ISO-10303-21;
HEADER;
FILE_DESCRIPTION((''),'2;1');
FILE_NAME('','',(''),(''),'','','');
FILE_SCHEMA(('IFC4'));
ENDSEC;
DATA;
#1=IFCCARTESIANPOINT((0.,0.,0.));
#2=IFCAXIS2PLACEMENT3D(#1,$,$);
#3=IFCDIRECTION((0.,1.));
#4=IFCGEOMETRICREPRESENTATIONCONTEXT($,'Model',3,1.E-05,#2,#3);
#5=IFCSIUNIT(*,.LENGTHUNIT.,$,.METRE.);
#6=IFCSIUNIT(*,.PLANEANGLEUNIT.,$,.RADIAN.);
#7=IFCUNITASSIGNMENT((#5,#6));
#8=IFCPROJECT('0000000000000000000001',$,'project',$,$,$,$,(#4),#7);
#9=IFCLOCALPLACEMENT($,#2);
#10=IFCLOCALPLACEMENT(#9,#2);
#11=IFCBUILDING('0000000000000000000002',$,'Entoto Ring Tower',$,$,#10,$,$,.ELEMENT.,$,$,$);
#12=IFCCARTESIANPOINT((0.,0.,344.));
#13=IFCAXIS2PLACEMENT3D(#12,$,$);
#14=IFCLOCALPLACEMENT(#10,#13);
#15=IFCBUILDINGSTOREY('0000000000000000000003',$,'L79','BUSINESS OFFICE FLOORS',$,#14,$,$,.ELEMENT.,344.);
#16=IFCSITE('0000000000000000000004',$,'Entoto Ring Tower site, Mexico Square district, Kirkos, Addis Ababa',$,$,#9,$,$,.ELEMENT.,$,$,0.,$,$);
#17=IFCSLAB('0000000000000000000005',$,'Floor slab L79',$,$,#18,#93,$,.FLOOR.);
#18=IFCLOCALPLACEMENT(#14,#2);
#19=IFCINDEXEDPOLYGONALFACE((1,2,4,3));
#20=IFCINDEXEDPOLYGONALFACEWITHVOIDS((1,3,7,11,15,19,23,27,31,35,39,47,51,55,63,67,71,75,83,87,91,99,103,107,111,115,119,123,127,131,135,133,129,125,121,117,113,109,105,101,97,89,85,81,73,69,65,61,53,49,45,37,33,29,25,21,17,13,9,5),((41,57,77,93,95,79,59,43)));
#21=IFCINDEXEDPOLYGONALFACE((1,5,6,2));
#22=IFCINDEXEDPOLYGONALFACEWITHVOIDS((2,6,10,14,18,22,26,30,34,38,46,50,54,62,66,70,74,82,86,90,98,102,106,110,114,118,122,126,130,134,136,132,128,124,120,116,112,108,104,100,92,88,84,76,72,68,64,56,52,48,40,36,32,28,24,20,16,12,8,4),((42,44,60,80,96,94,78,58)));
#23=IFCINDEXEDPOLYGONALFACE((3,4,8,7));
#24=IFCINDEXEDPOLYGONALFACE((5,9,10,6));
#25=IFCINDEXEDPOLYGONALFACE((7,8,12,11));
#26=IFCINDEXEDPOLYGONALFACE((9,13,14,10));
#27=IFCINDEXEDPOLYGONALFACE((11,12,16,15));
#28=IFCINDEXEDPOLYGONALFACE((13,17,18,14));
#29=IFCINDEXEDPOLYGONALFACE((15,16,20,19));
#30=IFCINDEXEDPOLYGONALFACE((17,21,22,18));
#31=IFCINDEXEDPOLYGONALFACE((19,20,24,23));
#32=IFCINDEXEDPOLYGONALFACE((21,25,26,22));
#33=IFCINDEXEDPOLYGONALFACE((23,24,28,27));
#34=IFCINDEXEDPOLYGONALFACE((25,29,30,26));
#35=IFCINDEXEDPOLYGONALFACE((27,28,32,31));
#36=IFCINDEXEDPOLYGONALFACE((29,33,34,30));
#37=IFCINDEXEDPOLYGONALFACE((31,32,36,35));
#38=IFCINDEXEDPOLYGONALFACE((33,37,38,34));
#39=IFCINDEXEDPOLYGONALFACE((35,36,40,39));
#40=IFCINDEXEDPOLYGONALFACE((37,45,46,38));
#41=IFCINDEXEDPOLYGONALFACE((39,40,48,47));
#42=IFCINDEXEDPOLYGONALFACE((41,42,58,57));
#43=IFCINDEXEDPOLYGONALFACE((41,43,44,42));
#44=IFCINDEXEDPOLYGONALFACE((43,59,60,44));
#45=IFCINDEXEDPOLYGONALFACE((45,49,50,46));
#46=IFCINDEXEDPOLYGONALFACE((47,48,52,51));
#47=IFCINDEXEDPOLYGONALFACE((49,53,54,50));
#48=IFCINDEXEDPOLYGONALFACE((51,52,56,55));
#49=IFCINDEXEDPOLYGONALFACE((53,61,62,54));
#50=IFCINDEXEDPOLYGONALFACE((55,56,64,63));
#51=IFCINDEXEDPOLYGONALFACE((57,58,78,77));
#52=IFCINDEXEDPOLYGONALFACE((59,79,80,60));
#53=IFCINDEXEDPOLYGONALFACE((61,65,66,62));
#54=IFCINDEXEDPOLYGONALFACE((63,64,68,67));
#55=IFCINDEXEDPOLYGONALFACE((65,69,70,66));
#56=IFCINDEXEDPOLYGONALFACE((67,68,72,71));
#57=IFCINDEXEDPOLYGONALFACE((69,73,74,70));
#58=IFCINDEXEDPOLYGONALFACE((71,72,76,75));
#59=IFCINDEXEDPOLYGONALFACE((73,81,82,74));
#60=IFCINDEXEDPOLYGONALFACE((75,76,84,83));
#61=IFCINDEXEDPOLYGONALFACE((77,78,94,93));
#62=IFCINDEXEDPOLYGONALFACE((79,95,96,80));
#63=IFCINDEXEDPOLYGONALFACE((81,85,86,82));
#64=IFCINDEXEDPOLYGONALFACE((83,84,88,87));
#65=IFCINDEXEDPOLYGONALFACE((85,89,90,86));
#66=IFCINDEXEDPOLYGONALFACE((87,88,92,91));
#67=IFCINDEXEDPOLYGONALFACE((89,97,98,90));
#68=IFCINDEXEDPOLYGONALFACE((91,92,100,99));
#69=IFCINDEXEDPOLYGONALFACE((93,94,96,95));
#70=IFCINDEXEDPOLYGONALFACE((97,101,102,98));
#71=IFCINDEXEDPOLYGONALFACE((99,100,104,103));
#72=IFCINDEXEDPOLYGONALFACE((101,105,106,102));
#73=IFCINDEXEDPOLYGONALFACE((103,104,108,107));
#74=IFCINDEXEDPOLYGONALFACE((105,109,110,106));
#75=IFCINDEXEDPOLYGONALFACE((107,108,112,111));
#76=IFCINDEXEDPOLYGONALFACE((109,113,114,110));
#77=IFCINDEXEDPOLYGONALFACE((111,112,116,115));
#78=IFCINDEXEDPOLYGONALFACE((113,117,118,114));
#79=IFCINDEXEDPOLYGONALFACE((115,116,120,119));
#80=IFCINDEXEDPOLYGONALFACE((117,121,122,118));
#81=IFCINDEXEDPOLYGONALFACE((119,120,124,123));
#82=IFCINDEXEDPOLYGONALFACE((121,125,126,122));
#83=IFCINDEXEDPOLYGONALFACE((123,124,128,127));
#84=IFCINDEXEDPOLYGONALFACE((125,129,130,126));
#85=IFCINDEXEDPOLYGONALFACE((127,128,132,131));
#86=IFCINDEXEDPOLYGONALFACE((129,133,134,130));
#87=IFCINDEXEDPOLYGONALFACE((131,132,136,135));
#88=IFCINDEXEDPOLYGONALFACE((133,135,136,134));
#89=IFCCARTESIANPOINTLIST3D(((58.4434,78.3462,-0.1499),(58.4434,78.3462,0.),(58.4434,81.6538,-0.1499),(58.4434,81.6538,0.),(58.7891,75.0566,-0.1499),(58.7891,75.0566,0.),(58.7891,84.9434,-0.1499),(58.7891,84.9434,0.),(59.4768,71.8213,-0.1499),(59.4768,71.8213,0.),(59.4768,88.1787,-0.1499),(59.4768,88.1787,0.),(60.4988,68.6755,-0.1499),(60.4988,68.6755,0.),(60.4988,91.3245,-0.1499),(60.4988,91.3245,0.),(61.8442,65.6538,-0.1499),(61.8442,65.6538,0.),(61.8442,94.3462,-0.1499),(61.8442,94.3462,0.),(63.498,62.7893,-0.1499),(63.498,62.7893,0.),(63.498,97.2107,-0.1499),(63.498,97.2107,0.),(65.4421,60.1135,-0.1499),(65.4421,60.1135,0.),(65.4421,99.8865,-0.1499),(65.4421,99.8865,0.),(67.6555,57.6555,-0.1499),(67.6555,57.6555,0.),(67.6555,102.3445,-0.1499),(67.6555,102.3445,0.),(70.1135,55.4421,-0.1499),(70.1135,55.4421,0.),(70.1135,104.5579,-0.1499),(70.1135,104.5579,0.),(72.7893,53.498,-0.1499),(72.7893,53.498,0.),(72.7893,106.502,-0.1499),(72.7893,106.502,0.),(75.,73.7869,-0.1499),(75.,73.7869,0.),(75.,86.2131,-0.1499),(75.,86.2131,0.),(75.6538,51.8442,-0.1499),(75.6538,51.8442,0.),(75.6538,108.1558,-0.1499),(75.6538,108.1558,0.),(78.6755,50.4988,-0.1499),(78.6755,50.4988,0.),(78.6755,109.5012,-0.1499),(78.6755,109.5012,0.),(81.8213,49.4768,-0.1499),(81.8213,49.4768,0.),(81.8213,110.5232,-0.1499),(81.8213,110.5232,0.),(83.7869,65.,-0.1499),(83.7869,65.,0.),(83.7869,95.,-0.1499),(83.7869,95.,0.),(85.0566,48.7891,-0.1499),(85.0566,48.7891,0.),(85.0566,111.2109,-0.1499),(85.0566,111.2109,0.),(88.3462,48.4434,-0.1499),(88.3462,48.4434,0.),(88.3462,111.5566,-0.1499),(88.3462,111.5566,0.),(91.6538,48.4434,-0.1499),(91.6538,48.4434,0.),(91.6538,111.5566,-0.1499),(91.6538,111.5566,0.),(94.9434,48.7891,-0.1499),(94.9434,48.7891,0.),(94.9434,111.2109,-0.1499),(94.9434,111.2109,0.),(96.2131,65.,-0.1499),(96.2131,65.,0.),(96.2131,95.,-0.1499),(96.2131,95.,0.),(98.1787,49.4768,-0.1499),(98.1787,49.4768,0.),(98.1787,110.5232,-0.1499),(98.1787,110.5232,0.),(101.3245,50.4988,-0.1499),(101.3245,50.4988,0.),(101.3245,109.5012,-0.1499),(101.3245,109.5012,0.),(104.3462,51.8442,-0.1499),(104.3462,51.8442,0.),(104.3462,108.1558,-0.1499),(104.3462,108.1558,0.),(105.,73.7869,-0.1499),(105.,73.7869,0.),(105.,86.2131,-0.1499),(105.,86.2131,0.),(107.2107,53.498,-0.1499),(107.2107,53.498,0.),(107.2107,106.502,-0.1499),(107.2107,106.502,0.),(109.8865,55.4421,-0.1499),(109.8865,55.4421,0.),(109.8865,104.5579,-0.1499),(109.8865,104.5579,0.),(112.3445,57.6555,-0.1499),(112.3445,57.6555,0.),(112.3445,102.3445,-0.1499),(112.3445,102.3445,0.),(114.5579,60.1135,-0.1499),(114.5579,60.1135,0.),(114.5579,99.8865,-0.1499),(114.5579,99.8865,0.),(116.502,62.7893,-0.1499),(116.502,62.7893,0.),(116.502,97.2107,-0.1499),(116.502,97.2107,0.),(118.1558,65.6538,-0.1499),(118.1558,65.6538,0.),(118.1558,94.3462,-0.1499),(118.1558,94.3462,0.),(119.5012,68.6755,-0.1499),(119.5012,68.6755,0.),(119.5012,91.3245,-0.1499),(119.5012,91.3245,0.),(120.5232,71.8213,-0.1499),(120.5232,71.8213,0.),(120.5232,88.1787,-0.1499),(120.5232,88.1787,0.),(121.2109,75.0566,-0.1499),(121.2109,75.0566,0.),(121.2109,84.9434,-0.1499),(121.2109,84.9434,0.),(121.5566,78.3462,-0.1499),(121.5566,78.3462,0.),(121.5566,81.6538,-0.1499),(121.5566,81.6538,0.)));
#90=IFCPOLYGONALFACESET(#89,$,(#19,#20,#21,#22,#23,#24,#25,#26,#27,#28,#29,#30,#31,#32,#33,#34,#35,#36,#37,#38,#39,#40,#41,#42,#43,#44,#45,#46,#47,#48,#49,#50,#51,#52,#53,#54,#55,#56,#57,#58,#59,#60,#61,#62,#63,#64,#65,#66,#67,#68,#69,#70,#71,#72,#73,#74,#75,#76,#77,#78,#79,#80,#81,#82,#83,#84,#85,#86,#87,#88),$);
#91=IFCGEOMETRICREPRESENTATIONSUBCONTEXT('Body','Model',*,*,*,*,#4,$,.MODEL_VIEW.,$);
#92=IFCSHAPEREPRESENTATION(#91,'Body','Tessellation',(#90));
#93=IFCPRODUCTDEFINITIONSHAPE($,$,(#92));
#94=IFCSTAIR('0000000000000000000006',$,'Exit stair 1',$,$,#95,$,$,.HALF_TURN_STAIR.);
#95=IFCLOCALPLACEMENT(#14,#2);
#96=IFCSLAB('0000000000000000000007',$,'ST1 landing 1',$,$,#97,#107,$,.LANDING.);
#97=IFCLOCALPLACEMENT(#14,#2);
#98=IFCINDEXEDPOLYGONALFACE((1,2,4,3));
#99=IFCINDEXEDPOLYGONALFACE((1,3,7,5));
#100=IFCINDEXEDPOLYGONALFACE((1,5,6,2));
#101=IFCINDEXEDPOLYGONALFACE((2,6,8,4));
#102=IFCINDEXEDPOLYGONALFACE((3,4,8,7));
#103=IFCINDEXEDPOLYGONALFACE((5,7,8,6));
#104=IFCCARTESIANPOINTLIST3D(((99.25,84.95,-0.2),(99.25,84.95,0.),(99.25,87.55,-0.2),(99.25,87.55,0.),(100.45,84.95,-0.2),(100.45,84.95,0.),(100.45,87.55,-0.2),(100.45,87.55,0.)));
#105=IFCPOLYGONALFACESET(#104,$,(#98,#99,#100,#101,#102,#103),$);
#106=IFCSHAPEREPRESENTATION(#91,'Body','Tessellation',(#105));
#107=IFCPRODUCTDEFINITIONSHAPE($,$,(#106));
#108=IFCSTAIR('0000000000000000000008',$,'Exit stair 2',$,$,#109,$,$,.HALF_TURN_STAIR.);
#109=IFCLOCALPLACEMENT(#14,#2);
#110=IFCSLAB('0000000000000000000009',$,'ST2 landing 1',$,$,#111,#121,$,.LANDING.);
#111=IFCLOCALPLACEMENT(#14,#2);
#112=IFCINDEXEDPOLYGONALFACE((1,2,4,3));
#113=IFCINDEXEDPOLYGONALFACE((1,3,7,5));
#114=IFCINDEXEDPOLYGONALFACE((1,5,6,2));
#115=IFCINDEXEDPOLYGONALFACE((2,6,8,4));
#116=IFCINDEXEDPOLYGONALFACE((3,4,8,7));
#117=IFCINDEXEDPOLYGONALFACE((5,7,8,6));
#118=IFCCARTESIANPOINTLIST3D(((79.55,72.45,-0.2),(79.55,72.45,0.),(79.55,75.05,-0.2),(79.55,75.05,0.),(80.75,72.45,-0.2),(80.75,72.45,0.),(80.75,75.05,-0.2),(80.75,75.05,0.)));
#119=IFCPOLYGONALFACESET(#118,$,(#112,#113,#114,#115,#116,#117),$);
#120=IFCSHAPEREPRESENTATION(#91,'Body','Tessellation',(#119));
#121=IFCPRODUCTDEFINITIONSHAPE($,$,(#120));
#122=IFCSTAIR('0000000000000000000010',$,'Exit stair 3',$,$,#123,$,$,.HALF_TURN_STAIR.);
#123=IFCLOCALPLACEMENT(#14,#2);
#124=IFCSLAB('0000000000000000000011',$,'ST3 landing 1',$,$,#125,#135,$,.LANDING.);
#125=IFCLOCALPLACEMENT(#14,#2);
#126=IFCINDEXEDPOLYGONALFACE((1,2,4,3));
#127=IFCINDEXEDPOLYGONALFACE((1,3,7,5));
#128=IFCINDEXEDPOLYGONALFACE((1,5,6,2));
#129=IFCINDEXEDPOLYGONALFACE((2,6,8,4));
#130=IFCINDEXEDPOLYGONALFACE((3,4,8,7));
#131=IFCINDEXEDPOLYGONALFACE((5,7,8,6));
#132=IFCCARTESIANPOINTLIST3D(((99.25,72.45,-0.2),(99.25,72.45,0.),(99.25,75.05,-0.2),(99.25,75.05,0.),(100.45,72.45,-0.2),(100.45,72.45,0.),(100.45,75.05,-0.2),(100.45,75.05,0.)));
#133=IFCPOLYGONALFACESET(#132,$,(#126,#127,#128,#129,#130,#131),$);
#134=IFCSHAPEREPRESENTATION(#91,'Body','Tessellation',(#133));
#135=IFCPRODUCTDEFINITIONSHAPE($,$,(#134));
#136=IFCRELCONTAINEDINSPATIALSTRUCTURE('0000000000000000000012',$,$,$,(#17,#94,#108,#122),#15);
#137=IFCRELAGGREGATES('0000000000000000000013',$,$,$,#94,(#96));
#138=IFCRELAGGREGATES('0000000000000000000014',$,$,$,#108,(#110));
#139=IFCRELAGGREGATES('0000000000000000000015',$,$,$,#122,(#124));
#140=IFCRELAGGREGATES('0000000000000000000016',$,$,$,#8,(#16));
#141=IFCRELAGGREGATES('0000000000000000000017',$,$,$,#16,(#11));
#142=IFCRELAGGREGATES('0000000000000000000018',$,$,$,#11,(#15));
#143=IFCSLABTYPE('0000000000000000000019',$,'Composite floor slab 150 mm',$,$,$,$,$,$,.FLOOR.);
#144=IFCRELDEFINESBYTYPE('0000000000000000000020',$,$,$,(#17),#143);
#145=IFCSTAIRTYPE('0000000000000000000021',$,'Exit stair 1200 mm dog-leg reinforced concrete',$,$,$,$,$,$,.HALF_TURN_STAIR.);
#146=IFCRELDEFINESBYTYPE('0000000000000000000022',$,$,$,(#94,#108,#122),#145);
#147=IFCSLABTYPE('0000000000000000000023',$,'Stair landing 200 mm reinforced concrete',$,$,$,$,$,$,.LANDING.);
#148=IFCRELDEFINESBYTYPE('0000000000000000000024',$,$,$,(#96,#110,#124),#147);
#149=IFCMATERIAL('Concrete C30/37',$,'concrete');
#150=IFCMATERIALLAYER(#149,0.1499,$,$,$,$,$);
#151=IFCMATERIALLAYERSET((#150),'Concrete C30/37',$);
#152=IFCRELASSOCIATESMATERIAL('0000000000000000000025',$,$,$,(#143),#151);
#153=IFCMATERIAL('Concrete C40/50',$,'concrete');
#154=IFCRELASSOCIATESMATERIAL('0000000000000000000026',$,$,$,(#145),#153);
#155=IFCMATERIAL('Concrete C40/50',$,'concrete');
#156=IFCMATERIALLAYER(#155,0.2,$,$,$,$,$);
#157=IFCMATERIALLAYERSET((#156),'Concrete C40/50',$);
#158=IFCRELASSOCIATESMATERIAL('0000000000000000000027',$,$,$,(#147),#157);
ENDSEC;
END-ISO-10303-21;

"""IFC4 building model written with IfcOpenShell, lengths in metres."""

from ifc_helpers import new_model, si_unit, direction, frame, origin, place, context, subcontext, project, spatial, polyline, outline, extrude, material, layer, layer_set, type_object, element, aggregate, save


model = new_model("IFC4")

# Units and contexts
model_context = context("Model", 3, precision=1e-05, world=origin(), true_north=direction((0.0, 1.0)))
body_context = subcontext(model_context, "Body", "Model", "MODEL_VIEW")
ifc_project = project(units=[si_unit("LENGTHUNIT", "METRE"), si_unit("PLANEANGLEUNIT", "RADIAN")], contexts=[model_context])

# Site, building, storey
site_placement = place(None, origin())
building_placement = place(site_placement, origin())
storey_placement = place(building_placement, frame((0.0, 0.0, 344.0)))
site = spatial("IfcSite", under=ifc_project, at=site_placement, Name="Entoto Ring Tower site, Mexico Square district, Kirkos, Addis Ababa", CompositionType="ELEMENT", RefElevation=0.0)
building = spatial("IfcBuilding", under=site, at=building_placement, Name="Entoto Ring Tower", CompositionType="ELEMENT")
storey = spatial("IfcBuildingStorey", under=building, at=storey_placement, Name="L79", Description="BUSINESS OFFICE FLOORS", CompositionType="ELEMENT", Elevation=344.0)

# Slab
ifc_material_1 = material(Name="Concrete C30/37", Category="concrete")
ifc_layer_1 = layer(ifc_material_1, 0.1499)
ifc_layer_set_1 = layer_set([ifc_layer_1], Name="Concrete C30/37")
slab_type_1 = type_object("IfcSlabType", Name="Composite floor slab 150 mm", PredefinedType="FLOOR", material=ifc_layer_set_1)
slab_1_placement = place(storey_placement, frame((0.0, 0.0, -0.1499)))
element("IfcSlab", 1, at=slab_1_placement, inside=storey, type_object=slab_type_1, Name="Floor slab L79", PredefinedType="FLOOR", context=body_context, shape_type="SweptSolid", body=[
    extrude(outline(polyline([(121.2109, 84.9434), (120.5232, 88.1787), (119.5012, 91.3245), (118.1558, 94.3462), (116.502, 97.2107), (114.5579, 99.8865), (112.3445, 102.3445), (109.8865, 104.5579), (107.2107, 106.502), (104.3462, 108.1558), (101.3245, 109.5012), (98.1787, 110.5232), (94.9434, 111.2109), (91.6538, 111.5566), (88.3462, 111.5566), (85.0566, 111.2109), (81.8213, 110.5232), (78.6755, 109.5012), (75.6538, 108.1558), (72.7893, 106.502), (70.1135, 104.5579), (67.6555, 102.3445), (65.4421, 99.8865), (63.498, 97.2107), (61.8442, 94.3462), (60.4988, 91.3245), (59.4768, 88.1787), (58.7891, 84.9434), (58.4434, 81.6538), (58.4434, 78.3462), (58.7891, 75.0566), (59.4768, 71.8213), (60.4988, 68.6755), (61.8442, 65.6538), (63.498, 62.7893), (65.4421, 60.1135), (67.6555, 57.6555), (70.1135, 55.4421), (72.7893, 53.498), (75.6538, 51.8442), (78.6755, 50.4988), (81.8213, 49.4768), (85.0566, 48.7891), (88.3462, 48.4434), (91.6538, 48.4434), (94.9434, 48.7891), (98.1787, 49.4768), (101.3245, 50.4988), (104.3462, 51.8442), (107.2107, 53.498), (109.8865, 55.4421), (112.3445, 57.6555), (114.5579, 60.1135), (116.502, 62.7893), (118.1558, 65.6538), (119.5012, 68.6755), (120.5232, 71.8213), (121.2109, 75.0566), (121.5566, 78.3462), (121.5566, 81.6538), (121.2109, 84.9434)]), holes=[polyline([(105.0, 73.7869), (105.0, 86.2131), (96.2131, 95.0), (83.7869, 95.0), (75.0, 86.2131), (75.0, 73.7869), (83.7869, 65.0), (96.2131, 65.0), (105.0, 73.7869)])]), origin(), (0.0, 0.0, 1.0), 0.1499),
])

# Stairs, slabs
ifc_material_2 = material(Name="Concrete C40/50", Category="concrete")
stair_type = type_object("IfcStairType", Name="Exit stair 1200 mm dog-leg reinforced concrete", PredefinedType="HALF_TURN_STAIR", material=ifc_material_2)
stair_1_placement = place(storey_placement, origin())
stair_1 = element("IfcStair", 2, at=stair_1_placement, inside=storey, type_object=stair_type, Name="Exit stair 1", PredefinedType="HALF_TURN_STAIR")
ifc_material_3 = material(Name="Concrete C40/50", Category="concrete")
ifc_layer_2 = layer(ifc_material_3, 0.2)
ifc_layer_set_2 = layer_set([ifc_layer_2], Name="Concrete C40/50")
slab_type_2 = type_object("IfcSlabType", Name="Stair landing 200 mm reinforced concrete", PredefinedType="LANDING", material=ifc_layer_set_2)
slab_2_placement = place(storey_placement, frame((0.0, 0.0, -0.2)))
slab_2 = element("IfcSlab", 3, at=slab_2_placement, type_object=slab_type_2, Name="ST1 landing 1", PredefinedType="LANDING", context=body_context, shape_type="SweptSolid", body=[
    extrude(outline(polyline([(100.45, 84.95), (100.45, 87.55), (99.25, 87.55), (99.25, 84.95), (100.45, 84.95)])), origin(), (0.0, 0.0, 1.0), 0.2),
])
aggregate(stair_1, [slab_2])
stair_2_placement = place(storey_placement, origin())
stair_2 = element("IfcStair", 4, at=stair_2_placement, inside=storey, type_object=stair_type, Name="Exit stair 2", PredefinedType="HALF_TURN_STAIR")
slab_3_placement = place(storey_placement, frame((0.0, 0.0, -0.2)))
slab_3 = element("IfcSlab", 5, at=slab_3_placement, type_object=slab_type_2, Name="ST2 landing 1", PredefinedType="LANDING", context=body_context, shape_type="SweptSolid", body=[
    extrude(outline(polyline([(80.75, 72.45), (80.75, 75.05), (79.55, 75.05), (79.55, 72.45), (80.75, 72.45)])), origin(), (0.0, 0.0, 1.0), 0.2),
])
aggregate(stair_2, [slab_3])
stair_3_placement = place(storey_placement, origin())
stair_3 = element("IfcStair", 6, at=stair_3_placement, inside=storey, type_object=stair_type, Name="Exit stair 3", PredefinedType="HALF_TURN_STAIR")
slab_4_placement = place(storey_placement, frame((0.0, 0.0, -0.2)))
slab_4 = element("IfcSlab", 7, at=slab_4_placement, type_object=slab_type_2, Name="ST3 landing 1", PredefinedType="LANDING", context=body_context, shape_type="SweptSolid", body=[
    extrude(outline(polyline([(100.45, 72.45), (100.45, 75.05), (99.25, 75.05), (99.25, 72.45), (100.45, 72.45)])), origin(), (0.0, 0.0, 1.0), 0.2),
])
aggregate(stair_3, [slab_4])

save(model, "model.ifc")
